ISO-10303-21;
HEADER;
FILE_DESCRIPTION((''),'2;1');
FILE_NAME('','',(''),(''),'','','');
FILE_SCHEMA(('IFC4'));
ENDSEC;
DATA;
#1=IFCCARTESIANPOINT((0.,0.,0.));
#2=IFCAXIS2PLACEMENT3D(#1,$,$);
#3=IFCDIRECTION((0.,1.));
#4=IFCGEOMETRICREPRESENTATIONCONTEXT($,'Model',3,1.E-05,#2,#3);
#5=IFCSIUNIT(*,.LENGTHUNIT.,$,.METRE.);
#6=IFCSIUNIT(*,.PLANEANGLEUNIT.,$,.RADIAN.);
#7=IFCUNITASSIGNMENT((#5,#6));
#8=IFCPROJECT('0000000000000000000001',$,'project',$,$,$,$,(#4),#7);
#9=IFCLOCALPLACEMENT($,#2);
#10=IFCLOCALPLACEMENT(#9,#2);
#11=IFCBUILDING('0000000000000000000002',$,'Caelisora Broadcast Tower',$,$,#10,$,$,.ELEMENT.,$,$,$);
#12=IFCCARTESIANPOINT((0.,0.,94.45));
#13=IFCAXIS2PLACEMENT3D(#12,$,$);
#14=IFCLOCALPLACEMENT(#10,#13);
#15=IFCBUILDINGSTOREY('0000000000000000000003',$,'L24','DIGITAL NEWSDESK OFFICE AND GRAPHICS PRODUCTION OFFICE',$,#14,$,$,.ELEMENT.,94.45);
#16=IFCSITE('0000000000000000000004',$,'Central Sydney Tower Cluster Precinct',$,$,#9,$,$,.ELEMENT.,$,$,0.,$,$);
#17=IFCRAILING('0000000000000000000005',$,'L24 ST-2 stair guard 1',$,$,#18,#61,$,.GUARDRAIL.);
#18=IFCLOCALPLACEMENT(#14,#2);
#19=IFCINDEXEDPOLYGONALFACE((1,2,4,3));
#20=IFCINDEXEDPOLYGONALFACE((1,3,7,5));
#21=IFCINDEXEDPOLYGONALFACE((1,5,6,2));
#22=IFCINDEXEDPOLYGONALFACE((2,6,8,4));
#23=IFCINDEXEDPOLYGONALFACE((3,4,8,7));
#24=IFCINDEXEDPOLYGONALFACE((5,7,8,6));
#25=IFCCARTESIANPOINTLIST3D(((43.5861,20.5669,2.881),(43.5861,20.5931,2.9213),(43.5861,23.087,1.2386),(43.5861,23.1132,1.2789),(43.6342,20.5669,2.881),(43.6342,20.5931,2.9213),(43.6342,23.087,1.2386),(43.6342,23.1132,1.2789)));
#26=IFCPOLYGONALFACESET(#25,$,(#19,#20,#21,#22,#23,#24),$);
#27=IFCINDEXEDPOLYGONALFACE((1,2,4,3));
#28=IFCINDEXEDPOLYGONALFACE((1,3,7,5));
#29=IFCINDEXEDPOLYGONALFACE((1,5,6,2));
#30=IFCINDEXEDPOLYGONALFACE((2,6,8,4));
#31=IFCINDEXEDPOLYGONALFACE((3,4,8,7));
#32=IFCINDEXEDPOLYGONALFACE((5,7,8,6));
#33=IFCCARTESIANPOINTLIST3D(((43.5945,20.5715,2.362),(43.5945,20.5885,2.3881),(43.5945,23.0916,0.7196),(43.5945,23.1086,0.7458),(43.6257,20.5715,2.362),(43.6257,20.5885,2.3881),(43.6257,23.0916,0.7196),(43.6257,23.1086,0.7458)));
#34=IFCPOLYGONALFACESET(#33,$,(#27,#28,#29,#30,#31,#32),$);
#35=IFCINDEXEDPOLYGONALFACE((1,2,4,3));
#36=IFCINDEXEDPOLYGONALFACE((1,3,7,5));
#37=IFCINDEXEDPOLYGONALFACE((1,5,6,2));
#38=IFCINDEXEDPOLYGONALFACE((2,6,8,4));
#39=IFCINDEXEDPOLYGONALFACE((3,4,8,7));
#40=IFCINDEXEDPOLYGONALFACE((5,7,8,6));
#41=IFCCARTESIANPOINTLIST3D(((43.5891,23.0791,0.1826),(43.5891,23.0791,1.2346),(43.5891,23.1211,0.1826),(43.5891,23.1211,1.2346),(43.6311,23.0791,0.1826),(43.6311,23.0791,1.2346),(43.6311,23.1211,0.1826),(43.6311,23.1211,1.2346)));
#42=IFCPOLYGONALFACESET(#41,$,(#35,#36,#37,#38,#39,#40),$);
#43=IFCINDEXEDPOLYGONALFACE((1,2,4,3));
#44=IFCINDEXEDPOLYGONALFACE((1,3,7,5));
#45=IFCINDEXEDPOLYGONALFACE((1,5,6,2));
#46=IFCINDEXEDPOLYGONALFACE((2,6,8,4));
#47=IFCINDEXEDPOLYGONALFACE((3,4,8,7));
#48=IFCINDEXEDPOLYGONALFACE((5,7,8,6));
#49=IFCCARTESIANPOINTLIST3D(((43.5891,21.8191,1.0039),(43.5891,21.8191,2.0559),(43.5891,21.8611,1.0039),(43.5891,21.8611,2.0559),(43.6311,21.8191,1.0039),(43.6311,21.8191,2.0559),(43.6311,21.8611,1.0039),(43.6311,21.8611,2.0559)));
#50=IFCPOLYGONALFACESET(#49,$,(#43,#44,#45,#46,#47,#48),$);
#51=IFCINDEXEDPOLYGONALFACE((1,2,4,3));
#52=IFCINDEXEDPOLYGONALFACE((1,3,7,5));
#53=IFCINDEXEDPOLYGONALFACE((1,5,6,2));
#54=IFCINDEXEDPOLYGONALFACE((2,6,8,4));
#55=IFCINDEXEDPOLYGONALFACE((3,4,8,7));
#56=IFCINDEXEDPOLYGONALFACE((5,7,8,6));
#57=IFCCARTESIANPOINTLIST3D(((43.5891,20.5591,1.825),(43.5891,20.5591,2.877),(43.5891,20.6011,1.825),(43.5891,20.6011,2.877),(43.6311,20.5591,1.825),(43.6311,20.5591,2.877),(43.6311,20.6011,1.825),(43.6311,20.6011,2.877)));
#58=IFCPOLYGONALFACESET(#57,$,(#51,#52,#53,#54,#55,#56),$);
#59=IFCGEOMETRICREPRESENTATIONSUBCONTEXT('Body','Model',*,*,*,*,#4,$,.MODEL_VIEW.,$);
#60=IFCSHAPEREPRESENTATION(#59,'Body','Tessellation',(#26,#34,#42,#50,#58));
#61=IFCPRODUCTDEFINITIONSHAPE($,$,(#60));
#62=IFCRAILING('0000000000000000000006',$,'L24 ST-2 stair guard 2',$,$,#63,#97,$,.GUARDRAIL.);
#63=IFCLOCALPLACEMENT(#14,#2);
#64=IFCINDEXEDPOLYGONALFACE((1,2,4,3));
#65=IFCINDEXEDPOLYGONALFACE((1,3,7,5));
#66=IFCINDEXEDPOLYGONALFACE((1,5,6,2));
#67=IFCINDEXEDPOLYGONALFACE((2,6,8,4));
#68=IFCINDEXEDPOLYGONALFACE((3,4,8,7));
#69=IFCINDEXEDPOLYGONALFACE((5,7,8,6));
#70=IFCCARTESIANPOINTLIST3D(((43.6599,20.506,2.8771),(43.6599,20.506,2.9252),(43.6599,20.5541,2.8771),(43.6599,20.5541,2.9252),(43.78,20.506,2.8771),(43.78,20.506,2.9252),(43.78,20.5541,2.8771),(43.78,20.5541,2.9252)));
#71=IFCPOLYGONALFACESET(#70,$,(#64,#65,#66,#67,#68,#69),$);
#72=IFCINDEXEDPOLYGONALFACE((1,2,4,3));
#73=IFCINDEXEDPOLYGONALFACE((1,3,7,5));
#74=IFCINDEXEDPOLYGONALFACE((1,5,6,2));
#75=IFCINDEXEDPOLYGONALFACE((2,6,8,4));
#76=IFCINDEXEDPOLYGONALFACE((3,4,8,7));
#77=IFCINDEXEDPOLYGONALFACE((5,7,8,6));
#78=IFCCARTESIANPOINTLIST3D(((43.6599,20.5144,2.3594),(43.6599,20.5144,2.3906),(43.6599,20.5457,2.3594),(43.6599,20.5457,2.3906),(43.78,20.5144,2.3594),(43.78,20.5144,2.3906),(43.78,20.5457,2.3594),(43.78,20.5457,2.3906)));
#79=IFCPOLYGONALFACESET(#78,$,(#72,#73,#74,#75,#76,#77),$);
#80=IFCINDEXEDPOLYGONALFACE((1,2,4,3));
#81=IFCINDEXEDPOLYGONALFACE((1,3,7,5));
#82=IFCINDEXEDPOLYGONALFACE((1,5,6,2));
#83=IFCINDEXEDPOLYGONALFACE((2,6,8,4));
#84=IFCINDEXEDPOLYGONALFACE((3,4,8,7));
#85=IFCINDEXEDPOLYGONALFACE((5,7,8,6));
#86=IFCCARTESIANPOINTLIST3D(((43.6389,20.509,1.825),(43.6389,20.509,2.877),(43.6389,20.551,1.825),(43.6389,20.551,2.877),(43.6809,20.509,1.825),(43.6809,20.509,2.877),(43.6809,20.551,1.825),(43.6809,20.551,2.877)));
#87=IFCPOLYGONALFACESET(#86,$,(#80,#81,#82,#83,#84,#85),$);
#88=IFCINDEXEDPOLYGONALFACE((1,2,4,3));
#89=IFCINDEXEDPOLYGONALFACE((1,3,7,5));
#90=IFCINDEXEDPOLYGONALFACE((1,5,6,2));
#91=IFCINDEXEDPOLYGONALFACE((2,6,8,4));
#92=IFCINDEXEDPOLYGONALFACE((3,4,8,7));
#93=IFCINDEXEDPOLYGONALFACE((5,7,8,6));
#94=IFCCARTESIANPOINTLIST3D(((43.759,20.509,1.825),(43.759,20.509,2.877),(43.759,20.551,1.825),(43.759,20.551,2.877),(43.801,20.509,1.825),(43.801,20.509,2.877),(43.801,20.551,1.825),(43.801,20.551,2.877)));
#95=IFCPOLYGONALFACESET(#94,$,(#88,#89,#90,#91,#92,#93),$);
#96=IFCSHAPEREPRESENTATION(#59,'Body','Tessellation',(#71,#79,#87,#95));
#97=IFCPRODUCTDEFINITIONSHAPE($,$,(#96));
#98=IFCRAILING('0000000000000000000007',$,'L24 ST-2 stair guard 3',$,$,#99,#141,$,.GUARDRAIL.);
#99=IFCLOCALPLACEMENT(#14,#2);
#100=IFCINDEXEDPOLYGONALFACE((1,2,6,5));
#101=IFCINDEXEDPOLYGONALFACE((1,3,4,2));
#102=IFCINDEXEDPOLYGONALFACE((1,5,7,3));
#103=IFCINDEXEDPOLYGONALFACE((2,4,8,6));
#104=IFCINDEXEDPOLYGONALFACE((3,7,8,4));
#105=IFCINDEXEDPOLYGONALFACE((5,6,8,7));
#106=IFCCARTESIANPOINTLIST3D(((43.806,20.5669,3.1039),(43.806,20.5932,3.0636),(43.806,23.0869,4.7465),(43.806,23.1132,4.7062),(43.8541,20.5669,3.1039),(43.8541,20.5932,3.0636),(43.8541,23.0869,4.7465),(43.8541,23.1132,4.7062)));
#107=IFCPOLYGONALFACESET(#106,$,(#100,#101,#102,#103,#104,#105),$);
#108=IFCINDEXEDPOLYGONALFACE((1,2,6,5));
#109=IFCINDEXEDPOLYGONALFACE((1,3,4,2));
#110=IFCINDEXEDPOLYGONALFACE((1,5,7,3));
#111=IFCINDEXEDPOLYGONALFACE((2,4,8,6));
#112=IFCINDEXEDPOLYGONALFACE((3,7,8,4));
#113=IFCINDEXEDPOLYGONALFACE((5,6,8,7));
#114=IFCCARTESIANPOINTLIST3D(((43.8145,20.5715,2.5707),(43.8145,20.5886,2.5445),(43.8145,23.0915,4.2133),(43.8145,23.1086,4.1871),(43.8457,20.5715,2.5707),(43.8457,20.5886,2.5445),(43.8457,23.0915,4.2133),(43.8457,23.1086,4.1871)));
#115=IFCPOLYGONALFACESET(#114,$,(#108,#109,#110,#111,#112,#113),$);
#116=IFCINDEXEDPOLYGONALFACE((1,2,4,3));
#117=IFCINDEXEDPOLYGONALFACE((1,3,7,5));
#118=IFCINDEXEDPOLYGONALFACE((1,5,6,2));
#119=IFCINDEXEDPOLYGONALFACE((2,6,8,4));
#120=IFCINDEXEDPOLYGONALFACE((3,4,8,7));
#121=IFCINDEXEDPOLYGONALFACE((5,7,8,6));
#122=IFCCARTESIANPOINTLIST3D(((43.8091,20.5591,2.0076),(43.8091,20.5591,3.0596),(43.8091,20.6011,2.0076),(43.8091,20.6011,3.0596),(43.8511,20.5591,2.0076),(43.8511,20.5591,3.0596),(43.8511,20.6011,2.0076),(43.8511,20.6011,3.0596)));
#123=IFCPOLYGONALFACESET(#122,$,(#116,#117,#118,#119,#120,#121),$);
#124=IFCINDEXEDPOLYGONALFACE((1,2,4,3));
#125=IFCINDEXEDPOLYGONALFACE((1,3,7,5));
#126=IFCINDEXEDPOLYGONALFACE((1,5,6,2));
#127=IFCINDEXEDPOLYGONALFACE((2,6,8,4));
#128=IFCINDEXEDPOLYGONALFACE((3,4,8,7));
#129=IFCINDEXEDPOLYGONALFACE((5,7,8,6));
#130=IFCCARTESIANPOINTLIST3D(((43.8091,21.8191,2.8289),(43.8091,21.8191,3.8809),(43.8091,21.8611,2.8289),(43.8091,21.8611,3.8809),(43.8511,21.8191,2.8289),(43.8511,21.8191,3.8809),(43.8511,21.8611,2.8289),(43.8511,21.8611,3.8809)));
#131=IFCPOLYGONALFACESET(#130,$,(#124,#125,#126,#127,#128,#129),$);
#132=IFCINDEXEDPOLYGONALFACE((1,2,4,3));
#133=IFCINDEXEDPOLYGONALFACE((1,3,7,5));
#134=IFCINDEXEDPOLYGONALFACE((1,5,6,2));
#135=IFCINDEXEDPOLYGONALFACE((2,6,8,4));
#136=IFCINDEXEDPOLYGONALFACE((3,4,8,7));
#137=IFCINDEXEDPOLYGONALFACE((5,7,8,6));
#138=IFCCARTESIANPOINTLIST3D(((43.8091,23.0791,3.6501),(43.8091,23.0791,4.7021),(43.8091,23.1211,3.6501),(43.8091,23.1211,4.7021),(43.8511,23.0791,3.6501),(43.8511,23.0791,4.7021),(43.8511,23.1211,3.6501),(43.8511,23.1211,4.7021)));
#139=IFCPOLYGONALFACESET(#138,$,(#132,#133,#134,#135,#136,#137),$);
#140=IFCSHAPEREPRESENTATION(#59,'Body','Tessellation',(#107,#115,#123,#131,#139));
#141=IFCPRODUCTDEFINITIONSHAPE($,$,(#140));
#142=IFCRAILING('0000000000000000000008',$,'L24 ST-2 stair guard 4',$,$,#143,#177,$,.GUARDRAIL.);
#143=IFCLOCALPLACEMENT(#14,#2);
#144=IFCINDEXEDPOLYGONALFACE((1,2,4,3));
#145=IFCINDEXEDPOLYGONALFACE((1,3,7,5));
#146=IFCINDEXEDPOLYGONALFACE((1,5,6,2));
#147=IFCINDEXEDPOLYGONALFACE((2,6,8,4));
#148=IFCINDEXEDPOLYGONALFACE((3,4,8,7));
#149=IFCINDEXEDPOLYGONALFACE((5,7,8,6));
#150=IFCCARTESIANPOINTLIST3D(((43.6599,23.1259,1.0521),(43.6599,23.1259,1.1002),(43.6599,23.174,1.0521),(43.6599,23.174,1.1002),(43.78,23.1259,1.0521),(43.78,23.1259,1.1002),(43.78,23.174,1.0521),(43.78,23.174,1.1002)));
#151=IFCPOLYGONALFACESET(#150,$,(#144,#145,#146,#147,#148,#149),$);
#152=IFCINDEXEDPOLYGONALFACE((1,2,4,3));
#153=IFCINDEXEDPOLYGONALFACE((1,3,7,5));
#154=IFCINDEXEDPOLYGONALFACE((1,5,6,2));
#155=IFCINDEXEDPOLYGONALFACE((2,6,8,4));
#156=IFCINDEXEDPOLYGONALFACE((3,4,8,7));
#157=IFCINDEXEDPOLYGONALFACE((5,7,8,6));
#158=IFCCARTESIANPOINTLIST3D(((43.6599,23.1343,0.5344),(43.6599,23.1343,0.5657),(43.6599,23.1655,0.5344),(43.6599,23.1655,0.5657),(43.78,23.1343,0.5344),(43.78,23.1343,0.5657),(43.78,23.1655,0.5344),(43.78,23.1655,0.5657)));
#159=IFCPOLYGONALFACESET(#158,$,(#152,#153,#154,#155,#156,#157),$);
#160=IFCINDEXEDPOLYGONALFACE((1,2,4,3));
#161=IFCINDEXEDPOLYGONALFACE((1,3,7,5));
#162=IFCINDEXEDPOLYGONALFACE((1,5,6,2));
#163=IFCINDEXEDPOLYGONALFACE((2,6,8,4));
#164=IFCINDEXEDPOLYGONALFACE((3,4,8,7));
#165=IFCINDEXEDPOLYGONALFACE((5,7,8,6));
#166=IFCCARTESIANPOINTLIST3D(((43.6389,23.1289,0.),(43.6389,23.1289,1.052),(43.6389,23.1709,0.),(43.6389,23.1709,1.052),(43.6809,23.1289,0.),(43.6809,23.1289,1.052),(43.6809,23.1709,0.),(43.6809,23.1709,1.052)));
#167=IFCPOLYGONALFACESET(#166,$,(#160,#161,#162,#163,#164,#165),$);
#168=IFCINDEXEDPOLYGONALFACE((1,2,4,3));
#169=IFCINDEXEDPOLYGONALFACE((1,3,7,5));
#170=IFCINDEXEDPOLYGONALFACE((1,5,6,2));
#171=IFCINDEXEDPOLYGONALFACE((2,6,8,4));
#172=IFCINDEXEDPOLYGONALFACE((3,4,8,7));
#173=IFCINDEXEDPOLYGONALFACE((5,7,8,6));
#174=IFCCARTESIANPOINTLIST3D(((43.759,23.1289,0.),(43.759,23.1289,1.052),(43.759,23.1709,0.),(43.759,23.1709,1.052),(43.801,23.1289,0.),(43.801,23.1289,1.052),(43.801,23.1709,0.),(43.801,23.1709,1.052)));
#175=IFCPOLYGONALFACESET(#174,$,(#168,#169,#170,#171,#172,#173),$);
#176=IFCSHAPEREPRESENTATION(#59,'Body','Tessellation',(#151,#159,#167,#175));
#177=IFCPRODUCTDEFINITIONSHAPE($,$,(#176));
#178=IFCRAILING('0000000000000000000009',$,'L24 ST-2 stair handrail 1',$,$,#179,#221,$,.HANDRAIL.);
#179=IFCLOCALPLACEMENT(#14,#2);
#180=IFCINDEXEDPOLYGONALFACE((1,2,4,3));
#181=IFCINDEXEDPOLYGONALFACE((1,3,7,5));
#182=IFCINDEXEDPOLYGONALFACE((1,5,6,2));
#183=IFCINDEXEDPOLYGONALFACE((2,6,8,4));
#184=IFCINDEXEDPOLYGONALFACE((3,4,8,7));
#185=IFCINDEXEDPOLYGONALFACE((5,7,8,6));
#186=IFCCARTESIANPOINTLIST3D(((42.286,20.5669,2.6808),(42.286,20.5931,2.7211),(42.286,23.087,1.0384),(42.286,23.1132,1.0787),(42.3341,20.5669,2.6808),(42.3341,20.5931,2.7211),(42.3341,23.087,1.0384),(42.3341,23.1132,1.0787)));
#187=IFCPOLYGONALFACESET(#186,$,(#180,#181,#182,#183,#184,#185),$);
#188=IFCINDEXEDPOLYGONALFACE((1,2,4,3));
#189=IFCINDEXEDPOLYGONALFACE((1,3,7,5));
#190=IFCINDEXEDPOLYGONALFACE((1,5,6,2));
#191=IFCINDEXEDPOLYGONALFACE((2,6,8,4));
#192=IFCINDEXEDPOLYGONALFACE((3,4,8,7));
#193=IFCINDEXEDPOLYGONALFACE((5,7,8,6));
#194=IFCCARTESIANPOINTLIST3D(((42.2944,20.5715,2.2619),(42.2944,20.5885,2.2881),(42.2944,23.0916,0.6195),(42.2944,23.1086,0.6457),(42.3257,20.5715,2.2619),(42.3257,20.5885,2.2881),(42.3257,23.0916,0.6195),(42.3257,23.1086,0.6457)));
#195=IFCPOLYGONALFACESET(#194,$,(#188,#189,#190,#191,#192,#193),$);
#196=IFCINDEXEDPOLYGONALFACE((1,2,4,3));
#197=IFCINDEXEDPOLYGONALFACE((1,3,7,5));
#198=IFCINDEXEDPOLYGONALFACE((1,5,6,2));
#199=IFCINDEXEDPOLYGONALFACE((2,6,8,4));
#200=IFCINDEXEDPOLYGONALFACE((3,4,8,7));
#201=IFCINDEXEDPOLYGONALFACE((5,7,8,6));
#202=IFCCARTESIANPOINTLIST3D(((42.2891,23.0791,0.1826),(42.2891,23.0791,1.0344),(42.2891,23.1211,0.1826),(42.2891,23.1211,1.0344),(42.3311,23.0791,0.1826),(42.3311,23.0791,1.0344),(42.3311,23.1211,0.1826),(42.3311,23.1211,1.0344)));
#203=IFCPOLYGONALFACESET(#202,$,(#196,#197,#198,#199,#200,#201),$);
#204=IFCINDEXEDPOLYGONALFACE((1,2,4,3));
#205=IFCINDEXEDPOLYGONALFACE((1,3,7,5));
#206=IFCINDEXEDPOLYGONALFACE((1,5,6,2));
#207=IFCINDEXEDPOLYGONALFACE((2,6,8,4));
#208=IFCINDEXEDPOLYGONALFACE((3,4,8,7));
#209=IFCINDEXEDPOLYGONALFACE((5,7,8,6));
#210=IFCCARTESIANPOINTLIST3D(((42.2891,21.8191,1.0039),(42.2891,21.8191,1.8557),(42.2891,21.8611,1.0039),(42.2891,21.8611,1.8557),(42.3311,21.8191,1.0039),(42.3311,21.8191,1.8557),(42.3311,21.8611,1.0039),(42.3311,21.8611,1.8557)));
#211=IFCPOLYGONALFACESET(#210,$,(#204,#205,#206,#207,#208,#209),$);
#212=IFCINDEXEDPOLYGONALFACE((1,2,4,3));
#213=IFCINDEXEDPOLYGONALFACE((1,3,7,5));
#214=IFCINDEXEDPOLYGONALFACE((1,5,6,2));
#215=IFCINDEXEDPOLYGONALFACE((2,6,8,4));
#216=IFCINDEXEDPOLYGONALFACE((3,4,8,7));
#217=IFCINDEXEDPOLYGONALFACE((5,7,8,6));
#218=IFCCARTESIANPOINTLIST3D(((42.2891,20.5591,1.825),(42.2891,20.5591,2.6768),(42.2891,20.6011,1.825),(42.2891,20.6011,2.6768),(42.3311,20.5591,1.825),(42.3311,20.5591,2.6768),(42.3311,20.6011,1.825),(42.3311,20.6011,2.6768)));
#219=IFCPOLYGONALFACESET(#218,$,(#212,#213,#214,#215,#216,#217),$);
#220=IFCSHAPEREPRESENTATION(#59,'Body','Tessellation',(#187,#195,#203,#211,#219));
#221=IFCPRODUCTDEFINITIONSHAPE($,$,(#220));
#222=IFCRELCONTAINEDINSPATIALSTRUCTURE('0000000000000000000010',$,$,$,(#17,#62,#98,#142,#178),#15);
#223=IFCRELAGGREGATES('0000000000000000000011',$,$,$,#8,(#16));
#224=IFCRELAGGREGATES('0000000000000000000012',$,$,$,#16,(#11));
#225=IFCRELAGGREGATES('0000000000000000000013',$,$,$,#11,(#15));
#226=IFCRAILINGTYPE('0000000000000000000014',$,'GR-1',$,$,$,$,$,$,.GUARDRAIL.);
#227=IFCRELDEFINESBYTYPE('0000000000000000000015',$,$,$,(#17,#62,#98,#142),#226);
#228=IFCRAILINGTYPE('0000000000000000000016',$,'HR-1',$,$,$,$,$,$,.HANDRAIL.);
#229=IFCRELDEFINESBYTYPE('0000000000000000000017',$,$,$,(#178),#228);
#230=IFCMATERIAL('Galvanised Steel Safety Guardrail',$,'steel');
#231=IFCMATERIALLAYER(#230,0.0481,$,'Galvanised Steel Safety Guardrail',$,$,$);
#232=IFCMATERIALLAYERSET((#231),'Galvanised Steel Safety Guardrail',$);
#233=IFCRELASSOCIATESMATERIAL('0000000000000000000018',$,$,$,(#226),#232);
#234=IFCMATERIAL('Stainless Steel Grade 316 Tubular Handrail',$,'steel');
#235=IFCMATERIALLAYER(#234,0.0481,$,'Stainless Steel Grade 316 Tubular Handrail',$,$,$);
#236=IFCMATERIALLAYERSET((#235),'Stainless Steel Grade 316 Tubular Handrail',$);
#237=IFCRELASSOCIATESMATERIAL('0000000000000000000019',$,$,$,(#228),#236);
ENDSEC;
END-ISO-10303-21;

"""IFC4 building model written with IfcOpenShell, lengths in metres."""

from ifc_helpers import new_model, si_unit, direction, frame, origin, origin_2d, place, context, subcontext, project, spatial, rectangle, extrude, material, layer, layer_set, type_object, element, save


model = new_model("IFC4")

# Units and contexts
model_context = context("Model", 3, precision=1e-05, world=origin(), true_north=direction((0.0, 1.0)))
body_context = subcontext(model_context, "Body", "Model", "MODEL_VIEW")
ifc_project = project(units=[si_unit("LENGTHUNIT", "METRE"), si_unit("PLANEANGLEUNIT", "RADIAN")], contexts=[model_context])

# Site, building, storey
site_placement = place(None, origin())
site = spatial("IfcSite", under=ifc_project, at=site_placement, Name="Central Sydney Tower Cluster Precinct", CompositionType="ELEMENT", RefElevation=0.0)
building_placement = place(site_placement, origin())
building = spatial("IfcBuilding", under=site, at=building_placement, Name="Caelisora Broadcast Tower", CompositionType="ELEMENT")
storey_placement = place(building_placement, frame((0.0, 0.0, 94.45)))
storey = spatial("IfcBuildingStorey", under=building, at=storey_placement, Name="L24", Description="DIGITAL NEWSDESK OFFICE AND GRAPHICS PRODUCTION OFFICE", CompositionType="ELEMENT", Elevation=94.45)

# Railings
ifc_material_1 = material(Name="Galvanised Steel Safety Guardrail", Category="steel")
ifc_layer_1 = layer(ifc_material_1, 0.0481, Name="Galvanised Steel Safety Guardrail")
ifc_layer_set_1 = layer_set([ifc_layer_1], Name="Galvanised Steel Safety Guardrail")
railing_type_1 = type_object("IfcRailingType", Name="GR-1", PredefinedType="GUARDRAIL", material=ifc_layer_set_1)
railing_1_placement = place(storey_placement, frame((43.6101, 23.1001, 0.1826)))
element("IfcRailing", 1, at=railing_1_placement, inside=storey, type_object=railing_type_1, Name="L24 ST-2 stair guard 1", PredefinedType="GUARDRAIL", context=body_context, shape_type="SweptSolid", body=[
    extrude(rectangle(XDim=0.0481, YDim=0.0481, at=origin_2d()), frame((0.0, 0.0, 1.0762), z_axis=(0.0, -0.837787, 0.545998), x_axis=(1.0, 0.0, 0.0)), (0.0, 0.0, 1.0), 3.0081),
    extrude(rectangle(XDim=0.0312, YDim=0.0312, at=origin_2d()), frame((0.0, 0.0, 0.55), z_axis=(0.0, -0.837787, 0.545998), x_axis=(1.0, 0.0, 0.0)), (0.0, 0.0, 1.0), 3.0081),
    extrude(rectangle(XDim=0.042, YDim=0.042, at=origin_2d()), origin(), (0.0, 0.0, 1.0), 1.052),
    extrude(rectangle(XDim=0.042, YDim=0.042, at=origin_2d()), frame((0.0, -1.26, 0.8213)), (0.0, 0.0, 1.0), 1.052),
    extrude(rectangle(XDim=0.042, YDim=0.042, at=origin_2d()), frame((0.0, -2.52, 1.6423)), (0.0, 0.0, 1.0), 1.052),
])
railing_2_placement = place(storey_placement, frame((43.6599, 20.53, 1.825)))
element("IfcRailing", 2, at=railing_2_placement, inside=storey, type_object=railing_type_1, Name="L24 ST-2 stair guard 2", PredefinedType="GUARDRAIL", context=body_context, shape_type="SweptSolid", body=[
    extrude(rectangle(XDim=0.0481, YDim=0.0481, at=origin_2d()), frame((0.0, 0.0, 1.0762), z_axis=(1.0, 0.0, 0.0), x_axis=(0.0, 1.0, 0.0)), (0.0, 0.0, 1.0), 0.1201),
    extrude(rectangle(XDim=0.0312, YDim=0.0312, at=origin_2d()), frame((0.0, 0.0, 0.55), z_axis=(1.0, 0.0, 0.0), x_axis=(0.0, 1.0, 0.0)), (0.0, 0.0, 1.0), 0.1201),
    extrude(rectangle(XDim=0.042, YDim=0.042, at=origin_2d()), origin(), (0.0, 0.0, 1.0), 1.052),
    extrude(rectangle(XDim=0.042, YDim=0.042, at=origin_2d()), frame((0.1201, 0.0, 0.0)), (0.0, 0.0, 1.0), 1.052),
])
railing_3_placement = place(storey_placement, frame((43.8301, 20.5801, 2.0076)))
element("IfcRailing", 3, at=railing_3_placement, inside=storey, type_object=railing_type_1, Name="L24 ST-2 stair guard 3", PredefinedType="GUARDRAIL", context=body_context, shape_type="SweptSolid", body=[
    extrude(rectangle(XDim=0.0481, YDim=0.0481, at=origin_2d()), frame((0.0, 0.0, 1.0762), z_axis=(0.0, 0.837749, 0.546055), x_axis=(-1.0, 0.0, 0.0)), (0.0, 0.0, 1.0), 3.0081),
    extrude(rectangle(XDim=0.0312, YDim=0.0312, at=origin_2d()), frame((0.0, 0.0, 0.55), z_axis=(0.0, 0.837749, 0.546055), x_axis=(-1.0, 0.0, 0.0)), (0.0, 0.0, 1.0), 3.0081),
    extrude(rectangle(XDim=0.042, YDim=0.042, at=origin_2d()), origin(), (0.0, 0.0, 1.0), 1.052),
    extrude(rectangle(XDim=0.042, YDim=0.042, at=origin_2d()), frame((0.0, 1.26, 0.8213)), (0.0, 0.0, 1.0), 1.052),
    extrude(rectangle(XDim=0.042, YDim=0.042, at=origin_2d()), frame((0.0, 2.52, 1.6426)), (0.0, 0.0, 1.0), 1.052),
])
railing_4_placement = place(storey_placement, frame((43.6599, 23.1499, 0.0)))
element("IfcRailing", 4, at=railing_4_placement, inside=storey, type_object=railing_type_1, Name="L24 ST-2 stair guard 4", PredefinedType="GUARDRAIL", context=body_context, shape_type="SweptSolid", body=[
    extrude(rectangle(XDim=0.0481, YDim=0.0481, at=origin_2d()), frame((0.0, 0.0, 1.0762), z_axis=(1.0, 0.0, 0.0), x_axis=(0.0, 1.0, 0.0)), (0.0, 0.0, 1.0), 0.1201),
    extrude(rectangle(XDim=0.0312, YDim=0.0312, at=origin_2d()), frame((0.0, 0.0, 0.55), z_axis=(1.0, 0.0, 0.0), x_axis=(0.0, 1.0, 0.0)), (0.0, 0.0, 1.0), 0.1201),
    extrude(rectangle(XDim=0.042, YDim=0.042, at=origin_2d()), origin(), (0.0, 0.0, 1.0), 1.052),
    extrude(rectangle(XDim=0.042, YDim=0.042, at=origin_2d()), frame((0.1201, 0.0, 0.0)), (0.0, 0.0, 1.0), 1.052),
])
ifc_material_2 = material(Name="Stainless Steel Grade 316 Tubular Handrail", Category="steel")
ifc_layer_2 = layer(ifc_material_2, 0.0481, Name="Stainless Steel Grade 316 Tubular Handrail")
ifc_layer_set_2 = layer_set([ifc_layer_2], Name="Stainless Steel Grade 316 Tubular Handrail")
railing_type_2 = type_object("IfcRailingType", Name="HR-1", PredefinedType="HANDRAIL", material=ifc_layer_set_2)
railing_5_placement = place(storey_placement, frame((42.3101, 23.1001, 0.1826)))
element("IfcRailing", 5, at=railing_5_placement, inside=storey, type_object=railing_type_2, Name="L24 ST-2 stair handrail 1", PredefinedType="HANDRAIL", context=body_context, shape_type="SweptSolid", body=[
    extrude(rectangle(XDim=0.0481, YDim=0.0481, at=origin_2d()), frame((0.0, 0.0, 0.876), z_axis=(0.0, -0.837787, 0.545998), x_axis=(1.0, 0.0, 0.0)), (0.0, 0.0, 1.0), 3.0081),
    extrude(rectangle(XDim=0.0312, YDim=0.0312, at=origin_2d()), frame((0.0, 0.0, 0.45), z_axis=(0.0, -0.837787, 0.545998), x_axis=(1.0, 0.0, 0.0)), (0.0, 0.0, 1.0), 3.0081),
    extrude(rectangle(XDim=0.042, YDim=0.042, at=origin_2d()), origin(), (0.0, 0.0, 1.0), 0.8518),
    extrude(rectangle(XDim=0.042, YDim=0.042, at=origin_2d()), frame((0.0, -1.26, 0.8213)), (0.0, 0.0, 1.0), 0.8518),
    extrude(rectangle(XDim=0.042, YDim=0.042, at=origin_2d()), frame((0.0, -2.52, 1.6423)), (0.0, 0.0, 1.0), 0.8518),
])

save(model, "model.ifc")
